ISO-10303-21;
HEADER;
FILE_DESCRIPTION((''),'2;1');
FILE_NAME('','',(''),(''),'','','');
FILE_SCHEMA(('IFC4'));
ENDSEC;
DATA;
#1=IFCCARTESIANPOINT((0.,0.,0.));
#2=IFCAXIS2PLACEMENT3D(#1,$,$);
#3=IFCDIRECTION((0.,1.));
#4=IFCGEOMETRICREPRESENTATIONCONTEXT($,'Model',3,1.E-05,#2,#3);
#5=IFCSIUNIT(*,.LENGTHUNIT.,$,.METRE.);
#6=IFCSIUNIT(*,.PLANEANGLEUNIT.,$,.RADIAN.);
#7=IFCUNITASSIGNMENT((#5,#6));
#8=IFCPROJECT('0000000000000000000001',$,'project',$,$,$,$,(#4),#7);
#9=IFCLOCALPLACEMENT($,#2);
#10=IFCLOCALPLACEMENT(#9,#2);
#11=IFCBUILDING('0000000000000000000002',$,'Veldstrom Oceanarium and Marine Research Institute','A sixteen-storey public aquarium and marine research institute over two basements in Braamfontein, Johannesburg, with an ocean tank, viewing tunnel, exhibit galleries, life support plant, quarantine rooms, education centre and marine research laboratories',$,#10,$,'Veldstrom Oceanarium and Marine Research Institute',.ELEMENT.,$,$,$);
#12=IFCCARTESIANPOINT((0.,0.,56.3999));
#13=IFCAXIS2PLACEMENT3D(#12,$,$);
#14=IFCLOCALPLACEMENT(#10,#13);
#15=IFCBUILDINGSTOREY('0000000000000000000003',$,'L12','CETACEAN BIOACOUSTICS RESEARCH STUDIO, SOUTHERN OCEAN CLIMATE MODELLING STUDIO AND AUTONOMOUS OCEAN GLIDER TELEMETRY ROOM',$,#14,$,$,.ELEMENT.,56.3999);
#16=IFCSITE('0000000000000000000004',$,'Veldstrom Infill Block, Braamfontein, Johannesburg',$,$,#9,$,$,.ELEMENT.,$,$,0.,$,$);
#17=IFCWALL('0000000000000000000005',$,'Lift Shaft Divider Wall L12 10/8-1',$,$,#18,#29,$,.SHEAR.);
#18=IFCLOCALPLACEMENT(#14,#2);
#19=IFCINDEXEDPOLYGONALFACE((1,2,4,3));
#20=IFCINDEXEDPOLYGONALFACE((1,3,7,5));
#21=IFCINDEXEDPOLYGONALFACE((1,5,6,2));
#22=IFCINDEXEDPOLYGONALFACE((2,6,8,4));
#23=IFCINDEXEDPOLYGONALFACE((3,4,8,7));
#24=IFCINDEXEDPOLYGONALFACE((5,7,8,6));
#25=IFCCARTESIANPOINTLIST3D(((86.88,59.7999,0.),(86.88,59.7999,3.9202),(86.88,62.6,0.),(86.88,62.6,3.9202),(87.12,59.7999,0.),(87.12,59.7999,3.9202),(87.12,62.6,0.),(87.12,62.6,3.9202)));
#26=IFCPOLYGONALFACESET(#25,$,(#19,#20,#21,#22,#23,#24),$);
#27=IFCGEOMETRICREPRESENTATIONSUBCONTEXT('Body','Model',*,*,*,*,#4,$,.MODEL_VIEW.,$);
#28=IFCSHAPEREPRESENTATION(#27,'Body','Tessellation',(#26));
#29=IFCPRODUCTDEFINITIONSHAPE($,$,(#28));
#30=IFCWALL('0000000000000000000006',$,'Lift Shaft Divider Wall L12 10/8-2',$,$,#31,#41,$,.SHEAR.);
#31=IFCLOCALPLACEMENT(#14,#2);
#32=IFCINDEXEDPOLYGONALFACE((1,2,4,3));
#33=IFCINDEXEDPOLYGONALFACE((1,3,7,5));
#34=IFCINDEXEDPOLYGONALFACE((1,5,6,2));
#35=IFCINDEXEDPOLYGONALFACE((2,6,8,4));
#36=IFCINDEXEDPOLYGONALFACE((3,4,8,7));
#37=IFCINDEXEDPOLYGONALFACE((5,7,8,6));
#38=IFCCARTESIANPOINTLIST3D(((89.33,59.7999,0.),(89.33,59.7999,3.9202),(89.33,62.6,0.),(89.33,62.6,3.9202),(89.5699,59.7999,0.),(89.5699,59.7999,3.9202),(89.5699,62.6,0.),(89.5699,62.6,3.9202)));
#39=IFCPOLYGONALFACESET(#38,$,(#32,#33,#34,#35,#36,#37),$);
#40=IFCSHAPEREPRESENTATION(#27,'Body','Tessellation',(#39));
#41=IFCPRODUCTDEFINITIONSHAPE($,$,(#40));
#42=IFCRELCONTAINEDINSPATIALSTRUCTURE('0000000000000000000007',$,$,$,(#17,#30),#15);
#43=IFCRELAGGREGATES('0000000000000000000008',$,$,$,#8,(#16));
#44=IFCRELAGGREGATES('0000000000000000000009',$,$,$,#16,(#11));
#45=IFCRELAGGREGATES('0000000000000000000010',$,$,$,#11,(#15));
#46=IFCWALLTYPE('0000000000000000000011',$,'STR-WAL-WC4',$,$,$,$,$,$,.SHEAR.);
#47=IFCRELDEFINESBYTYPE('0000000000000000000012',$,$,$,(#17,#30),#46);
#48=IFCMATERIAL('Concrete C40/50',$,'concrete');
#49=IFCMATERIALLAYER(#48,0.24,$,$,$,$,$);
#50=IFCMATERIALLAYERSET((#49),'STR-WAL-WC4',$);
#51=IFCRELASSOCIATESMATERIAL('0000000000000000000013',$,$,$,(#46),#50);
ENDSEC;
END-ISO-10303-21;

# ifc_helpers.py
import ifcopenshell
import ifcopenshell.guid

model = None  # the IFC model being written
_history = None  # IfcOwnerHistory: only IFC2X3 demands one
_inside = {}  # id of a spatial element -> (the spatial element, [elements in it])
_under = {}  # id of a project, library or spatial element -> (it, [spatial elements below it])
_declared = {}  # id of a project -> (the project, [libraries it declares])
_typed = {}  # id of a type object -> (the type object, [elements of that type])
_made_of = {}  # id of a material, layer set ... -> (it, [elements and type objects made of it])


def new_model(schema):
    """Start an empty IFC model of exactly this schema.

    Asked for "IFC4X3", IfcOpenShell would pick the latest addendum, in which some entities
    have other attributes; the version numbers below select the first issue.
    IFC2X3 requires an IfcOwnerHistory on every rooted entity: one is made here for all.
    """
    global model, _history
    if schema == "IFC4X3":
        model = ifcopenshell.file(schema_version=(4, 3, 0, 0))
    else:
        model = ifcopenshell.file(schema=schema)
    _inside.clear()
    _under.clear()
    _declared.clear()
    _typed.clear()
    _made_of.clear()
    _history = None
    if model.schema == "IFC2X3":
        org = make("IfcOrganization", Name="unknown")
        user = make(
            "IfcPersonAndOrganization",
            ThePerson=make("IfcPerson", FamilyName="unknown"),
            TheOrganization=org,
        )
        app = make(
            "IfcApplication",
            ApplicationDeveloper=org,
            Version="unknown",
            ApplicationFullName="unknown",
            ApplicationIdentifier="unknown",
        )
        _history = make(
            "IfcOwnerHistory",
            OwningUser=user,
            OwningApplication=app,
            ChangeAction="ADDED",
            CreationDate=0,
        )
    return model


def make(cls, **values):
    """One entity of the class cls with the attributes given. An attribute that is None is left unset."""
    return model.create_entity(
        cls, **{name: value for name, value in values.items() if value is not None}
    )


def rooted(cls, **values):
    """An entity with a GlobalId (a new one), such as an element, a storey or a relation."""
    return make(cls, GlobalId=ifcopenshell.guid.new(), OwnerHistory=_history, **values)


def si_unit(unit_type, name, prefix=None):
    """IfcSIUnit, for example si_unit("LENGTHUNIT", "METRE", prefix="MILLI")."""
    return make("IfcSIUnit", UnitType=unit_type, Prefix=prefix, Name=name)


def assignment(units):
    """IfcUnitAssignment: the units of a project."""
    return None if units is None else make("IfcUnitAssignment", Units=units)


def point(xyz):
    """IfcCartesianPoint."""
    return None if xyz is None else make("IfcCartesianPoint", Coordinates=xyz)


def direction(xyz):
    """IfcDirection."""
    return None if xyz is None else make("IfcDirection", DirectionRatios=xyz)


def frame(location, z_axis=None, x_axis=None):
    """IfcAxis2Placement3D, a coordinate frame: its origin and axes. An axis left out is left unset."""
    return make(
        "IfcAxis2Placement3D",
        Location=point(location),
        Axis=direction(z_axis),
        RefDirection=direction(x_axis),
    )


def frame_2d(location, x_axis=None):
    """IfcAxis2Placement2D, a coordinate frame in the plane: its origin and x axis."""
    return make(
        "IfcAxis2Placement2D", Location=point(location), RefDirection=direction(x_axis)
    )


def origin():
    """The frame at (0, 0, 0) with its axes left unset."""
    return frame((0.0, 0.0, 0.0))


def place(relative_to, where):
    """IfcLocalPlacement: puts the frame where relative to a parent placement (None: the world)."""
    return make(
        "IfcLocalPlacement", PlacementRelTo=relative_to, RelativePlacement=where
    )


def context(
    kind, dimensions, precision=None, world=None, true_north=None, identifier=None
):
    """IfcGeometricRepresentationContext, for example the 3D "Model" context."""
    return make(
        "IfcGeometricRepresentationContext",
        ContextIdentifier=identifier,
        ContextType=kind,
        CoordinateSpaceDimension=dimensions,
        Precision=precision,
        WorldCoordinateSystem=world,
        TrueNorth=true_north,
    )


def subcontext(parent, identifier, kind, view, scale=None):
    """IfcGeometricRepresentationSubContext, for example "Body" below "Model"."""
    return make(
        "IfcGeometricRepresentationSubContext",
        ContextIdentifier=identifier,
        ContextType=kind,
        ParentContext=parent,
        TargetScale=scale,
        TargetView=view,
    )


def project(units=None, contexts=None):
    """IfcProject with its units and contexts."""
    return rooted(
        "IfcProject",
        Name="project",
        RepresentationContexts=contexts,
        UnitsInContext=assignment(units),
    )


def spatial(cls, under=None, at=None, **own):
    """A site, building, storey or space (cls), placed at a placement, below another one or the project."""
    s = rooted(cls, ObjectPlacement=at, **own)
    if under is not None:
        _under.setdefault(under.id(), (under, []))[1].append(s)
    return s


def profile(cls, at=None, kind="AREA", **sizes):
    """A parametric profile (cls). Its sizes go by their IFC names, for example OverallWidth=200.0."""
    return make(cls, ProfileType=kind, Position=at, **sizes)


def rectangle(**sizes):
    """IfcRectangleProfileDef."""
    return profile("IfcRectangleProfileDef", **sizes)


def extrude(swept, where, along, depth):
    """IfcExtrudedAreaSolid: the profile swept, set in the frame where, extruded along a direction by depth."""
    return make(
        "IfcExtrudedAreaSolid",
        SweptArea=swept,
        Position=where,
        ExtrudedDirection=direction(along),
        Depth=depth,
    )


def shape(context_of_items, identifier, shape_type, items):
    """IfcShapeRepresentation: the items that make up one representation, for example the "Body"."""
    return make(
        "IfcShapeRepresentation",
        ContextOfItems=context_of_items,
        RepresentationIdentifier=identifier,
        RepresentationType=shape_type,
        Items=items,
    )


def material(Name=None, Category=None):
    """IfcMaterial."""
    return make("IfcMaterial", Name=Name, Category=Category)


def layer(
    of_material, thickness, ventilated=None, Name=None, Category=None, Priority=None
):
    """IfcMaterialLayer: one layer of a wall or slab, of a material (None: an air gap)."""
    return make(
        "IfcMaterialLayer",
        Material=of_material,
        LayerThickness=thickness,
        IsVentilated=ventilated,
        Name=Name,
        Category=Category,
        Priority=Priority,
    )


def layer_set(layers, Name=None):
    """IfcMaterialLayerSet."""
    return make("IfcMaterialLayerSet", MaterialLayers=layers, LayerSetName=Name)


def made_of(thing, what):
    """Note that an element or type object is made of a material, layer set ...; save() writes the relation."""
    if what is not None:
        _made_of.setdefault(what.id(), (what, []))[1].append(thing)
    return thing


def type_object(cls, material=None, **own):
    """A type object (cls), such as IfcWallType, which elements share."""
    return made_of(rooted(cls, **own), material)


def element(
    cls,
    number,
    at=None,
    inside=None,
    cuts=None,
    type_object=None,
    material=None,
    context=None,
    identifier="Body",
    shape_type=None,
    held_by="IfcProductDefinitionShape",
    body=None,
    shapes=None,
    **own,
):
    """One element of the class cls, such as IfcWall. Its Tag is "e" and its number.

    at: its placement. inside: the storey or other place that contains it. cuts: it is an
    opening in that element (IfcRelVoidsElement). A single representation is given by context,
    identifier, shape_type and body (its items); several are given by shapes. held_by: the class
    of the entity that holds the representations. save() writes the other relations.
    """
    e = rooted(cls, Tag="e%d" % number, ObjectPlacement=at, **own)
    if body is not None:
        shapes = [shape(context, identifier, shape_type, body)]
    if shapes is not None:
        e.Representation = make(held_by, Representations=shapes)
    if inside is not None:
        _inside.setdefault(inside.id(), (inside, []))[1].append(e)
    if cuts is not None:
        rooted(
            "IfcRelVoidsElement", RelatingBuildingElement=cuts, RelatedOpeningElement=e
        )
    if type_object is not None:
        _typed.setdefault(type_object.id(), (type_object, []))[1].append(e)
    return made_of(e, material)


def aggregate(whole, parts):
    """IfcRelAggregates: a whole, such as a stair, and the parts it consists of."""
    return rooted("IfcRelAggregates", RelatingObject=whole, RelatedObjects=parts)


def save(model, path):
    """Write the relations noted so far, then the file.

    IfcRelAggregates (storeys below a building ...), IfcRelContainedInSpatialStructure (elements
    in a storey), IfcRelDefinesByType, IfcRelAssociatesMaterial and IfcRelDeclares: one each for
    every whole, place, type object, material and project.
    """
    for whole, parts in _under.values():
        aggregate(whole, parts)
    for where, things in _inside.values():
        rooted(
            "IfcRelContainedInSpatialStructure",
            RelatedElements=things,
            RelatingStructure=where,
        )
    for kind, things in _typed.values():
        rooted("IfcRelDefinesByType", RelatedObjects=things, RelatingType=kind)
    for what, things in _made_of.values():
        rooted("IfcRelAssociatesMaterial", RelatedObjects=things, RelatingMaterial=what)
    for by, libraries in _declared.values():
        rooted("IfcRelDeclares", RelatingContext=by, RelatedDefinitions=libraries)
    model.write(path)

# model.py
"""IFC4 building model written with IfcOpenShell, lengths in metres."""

from ifc_helpers import new_model, si_unit, direction, frame, frame_2d, origin, place, context, subcontext, project, spatial, rectangle, extrude, material, layer, layer_set, type_object, element, save


model = new_model("IFC4")

# Units and contexts
model_context = context("Model", 3, precision=1e-05, world=origin(), true_north=direction((0.0, 1.0)))
body_context = subcontext(model_context, "Body", "Model", "MODEL_VIEW")
ifc_project = project(units=[si_unit("LENGTHUNIT", "METRE"), si_unit("PLANEANGLEUNIT", "RADIAN")], contexts=[model_context])

# Site, building, storey
site_placement = place(None, origin())
site = spatial("IfcSite", under=ifc_project, at=site_placement, Name="Veldstrom Infill Block, Braamfontein, Johannesburg", CompositionType="ELEMENT", RefElevation=0.0)
building_placement = place(site_placement, origin())
building = spatial("IfcBuilding", under=site, at=building_placement, Name="Veldstrom Oceanarium and Marine Research Institute", Description="A sixteen-storey public aquarium and marine research institute over two basements in Braamfontein, Johannesburg, with an ocean tank, viewing tunnel, exhibit galleries, life support plant, quarantine rooms, education centre and marine research laboratories", LongName="Veldstrom Oceanarium and Marine Research Institute", CompositionType="ELEMENT")
storey_placement = place(building_placement, frame((0.0, 0.0, 56.3999)))
storey = spatial("IfcBuildingStorey", under=building, at=storey_placement, Name="L12", Description="CETACEAN BIOACOUSTICS RESEARCH STUDIO, SOUTHERN OCEAN CLIMATE MODELLING STUDIO AND AUTONOMOUS OCEAN GLIDER TELEMETRY ROOM", CompositionType="ELEMENT", Elevation=56.3999)

# Walls
ifc_material_1 = material(Name="Concrete C40/50", Category="concrete")
ifc_layer_1 = layer(ifc_material_1, 0.24)
ifc_layer_set_1 = layer_set([ifc_layer_1], Name="STR-WAL-WC4")
wall_type_1 = type_object("IfcWallType", Name="STR-WAL-WC4", PredefinedType="SHEAR", material=ifc_layer_set_1)
for number, where, z_axis, x_axis, name in (
    (1, (87.0, 59.8, 0.0), (0.0, 0.0, 1.0), (0.0, 1.0, 0.0), "Lift Shaft Divider Wall L12 10/8-1"),
    (2, (89.45, 59.8, 0.0), (0.0, 0.0, 1.0), (0.0, 1.0, 0.0), "Lift Shaft Divider Wall L12 10/8-2"),
):
    element("IfcWall", number, at=place(storey_placement, frame(where, z_axis=z_axis, x_axis=x_axis)), inside=storey, type_object=wall_type_1, Name=name, PredefinedType="SHEAR", context=body_context, shape_type="SweptSolid", body=[
        extrude(rectangle(XDim=2.8, YDim=0.24, at=frame_2d((1.3999, 0.0))), origin(), (0.0, 0.0, 1.0), 3.9202),
    ])

save(model, "model.ifc")
